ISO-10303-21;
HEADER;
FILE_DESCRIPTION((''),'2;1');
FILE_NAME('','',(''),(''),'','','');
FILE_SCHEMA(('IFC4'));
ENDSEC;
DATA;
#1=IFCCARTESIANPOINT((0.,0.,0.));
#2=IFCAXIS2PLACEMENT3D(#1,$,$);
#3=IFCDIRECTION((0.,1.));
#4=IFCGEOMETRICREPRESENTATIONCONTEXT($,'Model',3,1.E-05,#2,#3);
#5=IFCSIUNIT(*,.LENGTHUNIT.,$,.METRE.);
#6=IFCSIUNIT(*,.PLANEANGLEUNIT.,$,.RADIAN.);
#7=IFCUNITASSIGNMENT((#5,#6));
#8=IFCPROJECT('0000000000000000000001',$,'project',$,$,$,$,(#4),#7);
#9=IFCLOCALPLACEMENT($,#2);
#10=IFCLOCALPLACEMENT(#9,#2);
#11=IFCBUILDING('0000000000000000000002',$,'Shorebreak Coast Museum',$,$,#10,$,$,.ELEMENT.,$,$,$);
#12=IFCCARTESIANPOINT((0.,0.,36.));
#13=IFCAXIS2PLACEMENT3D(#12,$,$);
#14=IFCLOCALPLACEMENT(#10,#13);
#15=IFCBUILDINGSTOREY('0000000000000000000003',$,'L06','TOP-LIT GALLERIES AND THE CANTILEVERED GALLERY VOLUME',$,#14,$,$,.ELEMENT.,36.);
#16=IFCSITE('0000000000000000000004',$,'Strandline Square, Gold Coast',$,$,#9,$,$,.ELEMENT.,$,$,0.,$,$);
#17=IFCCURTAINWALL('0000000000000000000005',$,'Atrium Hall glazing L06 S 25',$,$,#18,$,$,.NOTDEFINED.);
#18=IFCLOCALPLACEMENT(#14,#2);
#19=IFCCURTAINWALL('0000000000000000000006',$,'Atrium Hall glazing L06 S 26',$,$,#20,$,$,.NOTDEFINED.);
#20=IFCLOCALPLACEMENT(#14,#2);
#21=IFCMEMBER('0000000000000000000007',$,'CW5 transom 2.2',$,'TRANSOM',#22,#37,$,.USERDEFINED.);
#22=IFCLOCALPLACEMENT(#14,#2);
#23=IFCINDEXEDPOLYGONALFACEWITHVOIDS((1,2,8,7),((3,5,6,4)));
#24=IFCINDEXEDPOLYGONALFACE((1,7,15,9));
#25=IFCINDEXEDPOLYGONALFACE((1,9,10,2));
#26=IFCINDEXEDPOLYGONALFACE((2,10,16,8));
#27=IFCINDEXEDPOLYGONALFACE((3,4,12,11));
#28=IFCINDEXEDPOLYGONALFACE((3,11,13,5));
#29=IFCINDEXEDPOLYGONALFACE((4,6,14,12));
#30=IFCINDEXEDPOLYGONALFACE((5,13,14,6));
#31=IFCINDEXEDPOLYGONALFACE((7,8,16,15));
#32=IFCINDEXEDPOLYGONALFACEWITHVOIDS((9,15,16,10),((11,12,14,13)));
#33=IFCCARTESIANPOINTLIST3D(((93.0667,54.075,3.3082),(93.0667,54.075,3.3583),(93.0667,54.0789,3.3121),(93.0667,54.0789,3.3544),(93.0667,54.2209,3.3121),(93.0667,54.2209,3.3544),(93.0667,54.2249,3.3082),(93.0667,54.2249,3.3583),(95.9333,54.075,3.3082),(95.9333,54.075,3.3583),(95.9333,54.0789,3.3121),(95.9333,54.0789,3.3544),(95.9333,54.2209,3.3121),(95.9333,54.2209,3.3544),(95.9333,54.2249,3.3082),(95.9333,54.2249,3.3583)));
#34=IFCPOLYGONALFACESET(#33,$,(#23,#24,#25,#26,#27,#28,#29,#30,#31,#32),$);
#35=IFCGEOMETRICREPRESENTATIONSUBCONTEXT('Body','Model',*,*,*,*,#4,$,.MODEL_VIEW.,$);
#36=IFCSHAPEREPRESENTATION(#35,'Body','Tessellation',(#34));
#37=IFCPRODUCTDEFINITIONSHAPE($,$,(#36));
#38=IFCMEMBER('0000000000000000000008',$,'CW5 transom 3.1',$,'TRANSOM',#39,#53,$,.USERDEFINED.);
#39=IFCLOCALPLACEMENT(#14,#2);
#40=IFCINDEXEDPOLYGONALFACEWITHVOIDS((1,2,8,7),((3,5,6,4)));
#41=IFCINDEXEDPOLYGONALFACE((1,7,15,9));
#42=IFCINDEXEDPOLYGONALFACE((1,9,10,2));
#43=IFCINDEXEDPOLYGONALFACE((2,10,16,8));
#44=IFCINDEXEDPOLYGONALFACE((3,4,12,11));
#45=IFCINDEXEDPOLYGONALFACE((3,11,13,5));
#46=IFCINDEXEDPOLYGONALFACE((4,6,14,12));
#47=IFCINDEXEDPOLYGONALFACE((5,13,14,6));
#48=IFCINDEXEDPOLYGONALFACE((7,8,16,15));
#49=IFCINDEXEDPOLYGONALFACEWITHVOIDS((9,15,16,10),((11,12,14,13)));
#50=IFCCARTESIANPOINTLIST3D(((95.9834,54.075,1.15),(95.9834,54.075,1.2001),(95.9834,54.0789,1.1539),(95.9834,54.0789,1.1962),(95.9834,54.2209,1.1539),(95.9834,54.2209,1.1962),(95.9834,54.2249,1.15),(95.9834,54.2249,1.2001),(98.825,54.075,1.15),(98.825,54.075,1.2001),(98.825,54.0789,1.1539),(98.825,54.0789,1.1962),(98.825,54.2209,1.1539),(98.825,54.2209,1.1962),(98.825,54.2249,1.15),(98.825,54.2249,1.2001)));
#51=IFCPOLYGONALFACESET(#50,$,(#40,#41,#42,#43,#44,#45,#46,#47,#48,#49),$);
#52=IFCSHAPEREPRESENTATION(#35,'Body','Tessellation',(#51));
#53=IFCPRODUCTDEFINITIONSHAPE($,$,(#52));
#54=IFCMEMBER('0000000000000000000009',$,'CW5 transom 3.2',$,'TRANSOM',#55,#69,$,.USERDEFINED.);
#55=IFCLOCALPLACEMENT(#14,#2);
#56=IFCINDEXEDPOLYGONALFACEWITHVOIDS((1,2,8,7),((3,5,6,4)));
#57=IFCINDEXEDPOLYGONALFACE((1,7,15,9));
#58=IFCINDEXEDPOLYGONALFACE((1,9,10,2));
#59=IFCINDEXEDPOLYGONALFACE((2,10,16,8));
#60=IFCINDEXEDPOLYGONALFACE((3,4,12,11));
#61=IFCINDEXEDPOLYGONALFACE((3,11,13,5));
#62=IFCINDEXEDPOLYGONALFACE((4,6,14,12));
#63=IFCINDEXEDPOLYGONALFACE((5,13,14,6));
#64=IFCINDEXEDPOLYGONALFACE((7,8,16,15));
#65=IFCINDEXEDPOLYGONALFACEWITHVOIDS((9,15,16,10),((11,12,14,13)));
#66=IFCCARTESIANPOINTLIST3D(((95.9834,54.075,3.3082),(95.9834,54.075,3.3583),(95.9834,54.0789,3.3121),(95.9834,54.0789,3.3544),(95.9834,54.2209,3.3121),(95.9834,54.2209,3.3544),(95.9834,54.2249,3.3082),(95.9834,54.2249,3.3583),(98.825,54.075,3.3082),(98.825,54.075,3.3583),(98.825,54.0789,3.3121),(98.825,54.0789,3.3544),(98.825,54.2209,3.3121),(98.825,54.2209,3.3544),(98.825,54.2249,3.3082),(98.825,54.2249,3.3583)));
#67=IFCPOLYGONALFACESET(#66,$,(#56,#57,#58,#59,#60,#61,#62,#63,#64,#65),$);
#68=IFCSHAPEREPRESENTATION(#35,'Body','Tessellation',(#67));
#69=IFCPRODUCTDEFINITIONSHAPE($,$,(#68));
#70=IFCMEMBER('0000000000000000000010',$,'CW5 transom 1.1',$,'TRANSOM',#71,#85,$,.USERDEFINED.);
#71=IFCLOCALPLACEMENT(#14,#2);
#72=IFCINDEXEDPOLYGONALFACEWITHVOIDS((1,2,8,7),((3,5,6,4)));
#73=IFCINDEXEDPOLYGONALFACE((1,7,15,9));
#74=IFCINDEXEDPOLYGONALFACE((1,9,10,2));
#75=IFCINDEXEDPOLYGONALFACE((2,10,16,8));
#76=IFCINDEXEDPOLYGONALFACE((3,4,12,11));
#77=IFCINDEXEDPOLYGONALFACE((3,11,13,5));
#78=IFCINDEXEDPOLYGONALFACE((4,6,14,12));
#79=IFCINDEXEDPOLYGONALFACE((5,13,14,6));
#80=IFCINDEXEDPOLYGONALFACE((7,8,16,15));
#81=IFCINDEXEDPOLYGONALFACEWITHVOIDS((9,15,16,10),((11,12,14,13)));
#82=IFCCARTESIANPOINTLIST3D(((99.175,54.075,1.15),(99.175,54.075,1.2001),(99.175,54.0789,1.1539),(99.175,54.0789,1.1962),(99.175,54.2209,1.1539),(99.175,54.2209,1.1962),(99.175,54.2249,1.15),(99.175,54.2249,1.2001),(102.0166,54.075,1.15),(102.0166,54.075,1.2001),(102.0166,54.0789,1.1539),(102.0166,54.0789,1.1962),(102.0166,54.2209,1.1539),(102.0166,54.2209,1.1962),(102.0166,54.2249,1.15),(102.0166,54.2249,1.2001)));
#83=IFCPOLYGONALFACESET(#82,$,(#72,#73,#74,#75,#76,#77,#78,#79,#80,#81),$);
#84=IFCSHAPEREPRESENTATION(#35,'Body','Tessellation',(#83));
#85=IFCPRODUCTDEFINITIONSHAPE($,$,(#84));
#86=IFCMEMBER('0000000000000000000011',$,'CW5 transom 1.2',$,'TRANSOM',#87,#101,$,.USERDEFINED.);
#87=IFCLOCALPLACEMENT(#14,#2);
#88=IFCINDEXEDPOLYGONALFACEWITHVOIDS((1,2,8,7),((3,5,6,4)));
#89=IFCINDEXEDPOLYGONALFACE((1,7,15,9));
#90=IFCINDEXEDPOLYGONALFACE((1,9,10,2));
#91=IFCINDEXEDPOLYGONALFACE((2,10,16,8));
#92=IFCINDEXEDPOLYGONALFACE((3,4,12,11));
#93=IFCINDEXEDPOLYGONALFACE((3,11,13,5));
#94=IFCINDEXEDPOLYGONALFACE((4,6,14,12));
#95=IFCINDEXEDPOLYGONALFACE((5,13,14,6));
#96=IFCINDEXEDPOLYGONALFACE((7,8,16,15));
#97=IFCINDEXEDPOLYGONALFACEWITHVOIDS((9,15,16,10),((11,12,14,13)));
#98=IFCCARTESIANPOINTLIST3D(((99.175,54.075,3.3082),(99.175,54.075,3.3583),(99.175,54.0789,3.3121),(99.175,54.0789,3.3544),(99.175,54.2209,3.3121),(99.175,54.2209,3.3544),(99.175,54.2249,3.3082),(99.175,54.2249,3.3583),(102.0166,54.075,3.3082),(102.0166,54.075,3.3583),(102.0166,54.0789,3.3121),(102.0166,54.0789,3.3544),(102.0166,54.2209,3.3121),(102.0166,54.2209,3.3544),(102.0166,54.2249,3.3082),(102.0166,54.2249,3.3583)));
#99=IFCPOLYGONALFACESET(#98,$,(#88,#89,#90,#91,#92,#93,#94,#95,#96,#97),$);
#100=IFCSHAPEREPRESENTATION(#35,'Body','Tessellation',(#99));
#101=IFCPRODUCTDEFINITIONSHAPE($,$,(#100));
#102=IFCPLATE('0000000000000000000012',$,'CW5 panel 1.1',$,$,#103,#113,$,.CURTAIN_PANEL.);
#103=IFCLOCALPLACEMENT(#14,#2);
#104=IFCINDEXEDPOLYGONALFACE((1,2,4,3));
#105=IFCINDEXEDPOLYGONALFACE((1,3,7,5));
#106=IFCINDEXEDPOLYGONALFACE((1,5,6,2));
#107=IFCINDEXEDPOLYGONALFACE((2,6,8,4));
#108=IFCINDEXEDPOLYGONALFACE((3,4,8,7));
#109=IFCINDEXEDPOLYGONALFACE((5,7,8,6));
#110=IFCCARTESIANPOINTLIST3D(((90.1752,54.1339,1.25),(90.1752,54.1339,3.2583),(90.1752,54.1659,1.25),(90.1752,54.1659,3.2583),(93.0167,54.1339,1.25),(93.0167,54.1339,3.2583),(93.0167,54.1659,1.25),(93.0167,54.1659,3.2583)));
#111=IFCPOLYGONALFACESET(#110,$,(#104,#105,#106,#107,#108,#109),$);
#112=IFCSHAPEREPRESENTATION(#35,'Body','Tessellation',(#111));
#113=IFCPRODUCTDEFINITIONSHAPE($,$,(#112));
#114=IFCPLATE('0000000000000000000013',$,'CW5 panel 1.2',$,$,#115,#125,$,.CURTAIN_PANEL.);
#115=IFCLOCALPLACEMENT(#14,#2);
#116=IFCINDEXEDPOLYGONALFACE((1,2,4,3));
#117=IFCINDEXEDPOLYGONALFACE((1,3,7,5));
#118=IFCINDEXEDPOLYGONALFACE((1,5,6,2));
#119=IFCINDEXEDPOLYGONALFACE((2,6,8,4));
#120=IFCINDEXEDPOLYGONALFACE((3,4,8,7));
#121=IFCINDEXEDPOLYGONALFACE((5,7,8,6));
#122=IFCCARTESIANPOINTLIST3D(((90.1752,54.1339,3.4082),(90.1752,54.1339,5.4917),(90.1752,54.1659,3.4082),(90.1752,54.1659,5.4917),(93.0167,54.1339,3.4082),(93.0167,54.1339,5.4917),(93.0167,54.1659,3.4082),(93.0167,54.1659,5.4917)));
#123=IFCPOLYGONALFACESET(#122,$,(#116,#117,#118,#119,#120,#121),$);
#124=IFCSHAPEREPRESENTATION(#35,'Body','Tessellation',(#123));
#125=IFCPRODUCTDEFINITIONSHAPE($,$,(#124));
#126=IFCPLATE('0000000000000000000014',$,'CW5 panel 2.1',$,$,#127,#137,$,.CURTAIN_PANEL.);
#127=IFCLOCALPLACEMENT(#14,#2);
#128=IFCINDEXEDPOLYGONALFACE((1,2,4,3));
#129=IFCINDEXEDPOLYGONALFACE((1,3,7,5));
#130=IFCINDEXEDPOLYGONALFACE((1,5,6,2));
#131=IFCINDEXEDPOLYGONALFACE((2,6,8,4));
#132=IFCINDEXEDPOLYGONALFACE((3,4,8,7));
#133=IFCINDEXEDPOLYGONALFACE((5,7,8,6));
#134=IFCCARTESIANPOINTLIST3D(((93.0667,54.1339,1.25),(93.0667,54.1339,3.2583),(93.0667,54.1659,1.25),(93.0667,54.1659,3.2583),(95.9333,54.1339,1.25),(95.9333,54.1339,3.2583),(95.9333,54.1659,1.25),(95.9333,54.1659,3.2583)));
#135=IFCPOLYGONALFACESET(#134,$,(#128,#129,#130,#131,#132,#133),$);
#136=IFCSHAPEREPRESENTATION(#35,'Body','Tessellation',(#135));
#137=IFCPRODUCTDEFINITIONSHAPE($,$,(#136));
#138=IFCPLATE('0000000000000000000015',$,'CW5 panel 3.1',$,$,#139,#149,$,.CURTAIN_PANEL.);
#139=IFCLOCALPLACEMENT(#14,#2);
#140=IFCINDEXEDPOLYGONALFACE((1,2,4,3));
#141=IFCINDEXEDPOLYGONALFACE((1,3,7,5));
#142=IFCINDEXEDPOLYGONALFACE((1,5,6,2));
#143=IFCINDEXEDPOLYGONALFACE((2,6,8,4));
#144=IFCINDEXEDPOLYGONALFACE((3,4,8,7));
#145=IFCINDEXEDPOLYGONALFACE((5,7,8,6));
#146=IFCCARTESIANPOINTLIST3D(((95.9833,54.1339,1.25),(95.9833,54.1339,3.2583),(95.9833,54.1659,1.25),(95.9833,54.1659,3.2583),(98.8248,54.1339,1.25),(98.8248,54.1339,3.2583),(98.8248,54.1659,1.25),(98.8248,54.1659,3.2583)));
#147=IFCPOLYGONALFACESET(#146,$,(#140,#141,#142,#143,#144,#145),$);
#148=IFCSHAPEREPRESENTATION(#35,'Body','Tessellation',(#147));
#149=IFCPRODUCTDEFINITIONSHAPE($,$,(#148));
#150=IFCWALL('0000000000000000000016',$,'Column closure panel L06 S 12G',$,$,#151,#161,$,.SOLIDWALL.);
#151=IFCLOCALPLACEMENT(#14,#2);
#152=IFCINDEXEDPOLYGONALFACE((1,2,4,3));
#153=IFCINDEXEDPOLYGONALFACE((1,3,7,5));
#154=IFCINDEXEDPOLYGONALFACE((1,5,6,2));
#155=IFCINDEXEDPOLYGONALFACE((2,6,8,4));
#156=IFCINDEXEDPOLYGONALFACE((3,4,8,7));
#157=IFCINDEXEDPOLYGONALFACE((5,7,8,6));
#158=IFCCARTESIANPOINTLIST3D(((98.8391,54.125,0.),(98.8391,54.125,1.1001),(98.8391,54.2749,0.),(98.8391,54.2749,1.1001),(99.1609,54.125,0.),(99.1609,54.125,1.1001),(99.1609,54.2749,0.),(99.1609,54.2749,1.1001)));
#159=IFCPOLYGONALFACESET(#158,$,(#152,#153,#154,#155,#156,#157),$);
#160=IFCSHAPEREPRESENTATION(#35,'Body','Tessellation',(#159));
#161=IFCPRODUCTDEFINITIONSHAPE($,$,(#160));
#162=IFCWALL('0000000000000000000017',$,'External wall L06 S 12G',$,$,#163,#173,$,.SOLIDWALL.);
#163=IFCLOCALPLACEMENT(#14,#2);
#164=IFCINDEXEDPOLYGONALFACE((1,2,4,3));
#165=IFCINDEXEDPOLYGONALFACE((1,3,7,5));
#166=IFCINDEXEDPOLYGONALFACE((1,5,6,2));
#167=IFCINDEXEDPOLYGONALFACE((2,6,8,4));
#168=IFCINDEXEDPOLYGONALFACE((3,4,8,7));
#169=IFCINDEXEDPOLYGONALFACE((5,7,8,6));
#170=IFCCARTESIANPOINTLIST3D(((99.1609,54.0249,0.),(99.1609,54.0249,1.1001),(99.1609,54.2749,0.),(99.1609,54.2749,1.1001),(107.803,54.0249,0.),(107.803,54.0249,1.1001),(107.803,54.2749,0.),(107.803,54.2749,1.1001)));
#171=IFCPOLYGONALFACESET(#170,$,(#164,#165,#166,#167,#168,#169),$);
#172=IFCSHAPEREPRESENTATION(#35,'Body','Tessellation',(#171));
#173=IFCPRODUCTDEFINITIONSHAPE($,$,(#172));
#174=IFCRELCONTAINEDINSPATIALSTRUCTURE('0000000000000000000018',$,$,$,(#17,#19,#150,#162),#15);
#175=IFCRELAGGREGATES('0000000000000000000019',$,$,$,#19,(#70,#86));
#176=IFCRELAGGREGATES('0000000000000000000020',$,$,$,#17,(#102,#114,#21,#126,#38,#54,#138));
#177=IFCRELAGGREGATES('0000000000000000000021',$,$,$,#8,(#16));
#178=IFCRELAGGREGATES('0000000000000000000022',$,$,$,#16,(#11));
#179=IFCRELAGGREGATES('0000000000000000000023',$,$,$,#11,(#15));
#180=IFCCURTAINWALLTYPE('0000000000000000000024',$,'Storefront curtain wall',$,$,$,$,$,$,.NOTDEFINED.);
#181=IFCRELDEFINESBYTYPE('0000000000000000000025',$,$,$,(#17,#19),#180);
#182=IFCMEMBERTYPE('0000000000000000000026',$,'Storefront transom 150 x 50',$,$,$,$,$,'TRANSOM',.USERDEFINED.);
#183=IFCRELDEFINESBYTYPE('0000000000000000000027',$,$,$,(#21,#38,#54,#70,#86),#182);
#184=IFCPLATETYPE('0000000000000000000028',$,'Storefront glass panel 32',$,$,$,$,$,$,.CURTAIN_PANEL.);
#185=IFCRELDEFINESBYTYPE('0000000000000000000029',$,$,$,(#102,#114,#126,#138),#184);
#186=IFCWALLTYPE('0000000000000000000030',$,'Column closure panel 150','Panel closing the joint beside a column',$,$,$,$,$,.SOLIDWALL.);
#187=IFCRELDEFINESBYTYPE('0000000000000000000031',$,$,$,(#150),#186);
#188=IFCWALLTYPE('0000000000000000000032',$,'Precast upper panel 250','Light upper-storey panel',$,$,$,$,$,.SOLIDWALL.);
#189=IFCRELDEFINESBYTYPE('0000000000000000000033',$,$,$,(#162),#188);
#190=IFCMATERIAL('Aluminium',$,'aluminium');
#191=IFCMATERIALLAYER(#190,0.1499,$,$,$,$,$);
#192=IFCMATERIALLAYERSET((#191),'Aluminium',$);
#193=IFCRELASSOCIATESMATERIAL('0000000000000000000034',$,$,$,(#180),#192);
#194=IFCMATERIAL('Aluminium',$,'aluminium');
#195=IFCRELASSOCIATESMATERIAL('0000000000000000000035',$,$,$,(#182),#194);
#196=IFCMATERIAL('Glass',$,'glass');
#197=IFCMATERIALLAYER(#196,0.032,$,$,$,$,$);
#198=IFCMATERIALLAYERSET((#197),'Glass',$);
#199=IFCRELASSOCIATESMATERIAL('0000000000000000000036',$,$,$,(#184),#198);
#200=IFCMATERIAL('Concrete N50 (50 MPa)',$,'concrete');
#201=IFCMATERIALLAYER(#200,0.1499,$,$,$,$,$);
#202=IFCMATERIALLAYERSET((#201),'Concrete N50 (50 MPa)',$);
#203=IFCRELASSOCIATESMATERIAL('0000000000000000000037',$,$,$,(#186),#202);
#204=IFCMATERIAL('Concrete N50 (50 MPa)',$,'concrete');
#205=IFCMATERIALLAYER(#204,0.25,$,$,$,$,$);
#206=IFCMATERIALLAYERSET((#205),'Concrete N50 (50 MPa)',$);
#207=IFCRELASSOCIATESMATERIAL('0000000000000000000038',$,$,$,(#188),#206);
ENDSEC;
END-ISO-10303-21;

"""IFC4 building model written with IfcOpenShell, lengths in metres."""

from ifc_helpers import new_model, si_unit, direction, frame, frame_2d, origin, origin_2d, place, context, subcontext, project, spatial, rectangle, hollow_rectangle, extrude, material, layer, layer_set, material_profile, profile_set, type_object, element, aggregate, save


model = new_model("IFC4")

# Units and contexts
model_context = context("Model", 3, precision=1e-05, world=origin(), true_north=direction((0.0, 1.0)))
body_context = subcontext(model_context, "Body", "Model", "MODEL_VIEW")
ifc_project = project(units=[si_unit("LENGTHUNIT", "METRE"), si_unit("PLANEANGLEUNIT", "RADIAN")], contexts=[model_context])

# Site, building, storey
site_placement = place(None, origin())
site = spatial("IfcSite", under=ifc_project, at=site_placement, Name="Strandline Square, Gold Coast", CompositionType="ELEMENT", RefElevation=0.0)
building_placement = place(site_placement, origin())
building = spatial("IfcBuilding", under=site, at=building_placement, Name="Shorebreak Coast Museum", CompositionType="ELEMENT")
storey_placement = place(building_placement, frame((0.0, 0.0, 36.0)))
storey = spatial("IfcBuildingStorey", under=building, at=storey_placement, Name="L06", Description="TOP-LIT GALLERIES AND THE CANTILEVERED GALLERY VOLUME", CompositionType="ELEMENT", Elevation=36.0)

# Curtain wall
ifc_material_1 = material(Name="Aluminium", Category="aluminium")
ifc_layer_1 = layer(ifc_material_1, 0.1499)
ifc_layer_set_1 = layer_set([ifc_layer_1], Name="Aluminium")
curtain_wall_type = type_object("IfcCurtainWallType", Name="Storefront curtain wall", PredefinedType="NOTDEFINED", material=ifc_layer_set_1)
curtain_wall_1_placement = place(storey_placement, origin())
curtain_wall_1 = element("IfcCurtainWall", 1, at=curtain_wall_1_placement, inside=storey, type_object=curtain_wall_type, Name="Atrium Hall glazing L06 S 25", PredefinedType="NOTDEFINED")

# Curtain wall
curtain_wall_2_placement = place(storey_placement, origin())
curtain_wall_2 = element("IfcCurtainWall", 2, at=curtain_wall_2_placement, inside=storey, type_object=curtain_wall_type, Name="Atrium Hall glazing L06 S 26", PredefinedType="NOTDEFINED")

# Members
ifc_material_2 = material(Name="Aluminium", Category="aluminium")
ifc_material_profile_1 = material_profile(ifc_material_2, hollow_rectangle(XDim=0.1499, YDim=0.05, WallThickness=0.0039, at=origin_2d()), Name="AL 50x150 RHS")
ifc_profile_set_1 = profile_set([ifc_material_profile_1], Name="Aluminium")
member_type_1 = type_object("IfcMemberType", Name="Storefront transom 150 x 50", ElementType="TRANSOM", PredefinedType="USERDEFINED", material=ifc_profile_set_1)
member_1_placement = place(storey_placement, frame((93.0667, 54.1499, 3.3333), z_axis=(1.0, 0.0, 0.0), x_axis=(0.0, 1.0, 0.0)))
member_1 = element("IfcMember", 3, at=member_1_placement, type_object=member_type_1, Name="CW5 transom 2.2", ObjectType="TRANSOM", PredefinedType="USERDEFINED", context=body_context, shape_type="SweptSolid", body=[
    extrude(hollow_rectangle(XDim=0.1499, YDim=0.05, WallThickness=0.0039, at=origin_2d()), origin(), (0.0, 0.0, 1.0), 2.8667),
])
member_2_placement = place(storey_placement, frame((95.9834, 54.1499, 1.175), z_axis=(1.0, 0.0, 0.0), x_axis=(0.0, 1.0, 0.0)))
member_2 = element("IfcMember", 4, at=member_2_placement, type_object=member_type_1, Name="CW5 transom 3.1", ObjectType="TRANSOM", PredefinedType="USERDEFINED", context=body_context, shape_type="SweptSolid", body=[
    extrude(hollow_rectangle(XDim=0.1499, YDim=0.05, WallThickness=0.0039, at=origin_2d()), origin(), (0.0, 0.0, 1.0), 2.8416),
])
member_3_placement = place(storey_placement, frame((95.9834, 54.1499, 3.3333), z_axis=(1.0, 0.0, 0.0), x_axis=(0.0, 1.0, 0.0)))
member_3 = element("IfcMember", 5, at=member_3_placement, type_object=member_type_1, Name="CW5 transom 3.2", ObjectType="TRANSOM", PredefinedType="USERDEFINED", context=body_context, shape_type="SweptSolid", body=[
    extrude(hollow_rectangle(XDim=0.1499, YDim=0.05, WallThickness=0.0039, at=origin_2d()), origin(), (0.0, 0.0, 1.0), 2.8416),
])
member_4_placement = place(storey_placement, frame((99.175, 54.1499, 1.175), z_axis=(1.0, 0.0, 0.0), x_axis=(0.0, 1.0, 0.0)))
member_4 = element("IfcMember", 6, at=member_4_placement, type_object=member_type_1, Name="CW5 transom 1.1", ObjectType="TRANSOM", PredefinedType="USERDEFINED", context=body_context, shape_type="SweptSolid", body=[
    extrude(hollow_rectangle(XDim=0.1499, YDim=0.05, WallThickness=0.0039, at=origin_2d()), origin(), (0.0, 0.0, 1.0), 2.8416),
])
member_5_placement = place(storey_placement, frame((99.175, 54.1499, 3.3333), z_axis=(1.0, 0.0, 0.0), x_axis=(0.0, 1.0, 0.0)))
member_5 = element("IfcMember", 7, at=member_5_placement, type_object=member_type_1, Name="CW5 transom 1.2", ObjectType="TRANSOM", PredefinedType="USERDEFINED", context=body_context, shape_type="SweptSolid", body=[
    extrude(hollow_rectangle(XDim=0.1499, YDim=0.05, WallThickness=0.0039, at=origin_2d()), origin(), (0.0, 0.0, 1.0), 2.8416),
])
aggregate(curtain_wall_2, [member_4, member_5])

# Plates
ifc_material_3 = material(Name="Glass", Category="glass")
ifc_layer_2 = layer(ifc_material_3, 0.032)
ifc_layer_set_2 = layer_set([ifc_layer_2], Name="Glass")
plate_type = type_object("IfcPlateType", Name="Storefront glass panel 32", PredefinedType="CURTAIN_PANEL", material=ifc_layer_set_2)
plate_1_placement = place(storey_placement, frame((91.5959, 54.1499, 1.25), z_axis=(0.0, 0.0, 1.0), x_axis=(1.0, 0.0, 0.0)))
plate_1 = element("IfcPlate", 8, at=plate_1_placement, type_object=plate_type, Name="CW5 panel 1.1", PredefinedType="CURTAIN_PANEL", context=body_context, shape_type="SweptSolid", body=[
    extrude(rectangle(XDim=2.8416, YDim=0.032, at=origin_2d()), origin(), (0.0, 0.0, 1.0), 2.0083),
])
plate_2_placement = place(storey_placement, frame((91.5959, 54.1499, 3.4082), z_axis=(0.0, 0.0, 1.0), x_axis=(1.0, 0.0, 0.0)))
plate_2 = element("IfcPlate", 9, at=plate_2_placement, type_object=plate_type, Name="CW5 panel 1.2", PredefinedType="CURTAIN_PANEL", context=body_context, shape_type="SweptSolid", body=[
    extrude(rectangle(XDim=2.8416, YDim=0.032, at=origin_2d()), origin(), (0.0, 0.0, 1.0), 2.0835),
])
plate_3_placement = place(storey_placement, frame((94.5, 54.1499, 1.25), z_axis=(0.0, 0.0, 1.0), x_axis=(1.0, 0.0, 0.0)))
plate_3 = element("IfcPlate", 10, at=plate_3_placement, type_object=plate_type, Name="CW5 panel 2.1", PredefinedType="CURTAIN_PANEL", context=body_context, shape_type="SweptSolid", body=[
    extrude(rectangle(XDim=2.8667, YDim=0.032, at=origin_2d()), origin(), (0.0, 0.0, 1.0), 2.0083),
])
plate_4_placement = place(storey_placement, frame((97.4041, 54.1499, 1.25), z_axis=(0.0, 0.0, 1.0), x_axis=(1.0, 0.0, 0.0)))
plate_4 = element("IfcPlate", 11, at=plate_4_placement, type_object=plate_type, Name="CW5 panel 3.1", PredefinedType="CURTAIN_PANEL", context=body_context, shape_type="SweptSolid", body=[
    extrude(rectangle(XDim=2.8416, YDim=0.032, at=origin_2d()), origin(), (0.0, 0.0, 1.0), 2.0083),
])
aggregate(curtain_wall_1, [plate_1, plate_2, member_1, plate_3, member_2, member_3, plate_4])

# Walls
ifc_material_4 = material(Name="Concrete N50 (50 MPa)", Category="concrete")
ifc_layer_3 = layer(ifc_material_4, 0.1499)
ifc_layer_set_3 = layer_set([ifc_layer_3], Name="Concrete N50 (50 MPa)")
wall_type_1 = type_object("IfcWallType", Name="Column closure panel 150", Description="Panel closing the joint beside a column", PredefinedType="SOLIDWALL", material=ifc_layer_set_3)
wall_1_placement = place(storey_placement, frame((98.8391, 54.2, 0.0), z_axis=(0.0, 0.0, 1.0), x_axis=(1.0, 0.0, 0.0)))
element("IfcWall", 12, at=wall_1_placement, inside=storey, type_object=wall_type_1, Name="Column closure panel L06 S 12G", PredefinedType="SOLIDWALL", context=body_context, shape_type="SweptSolid", body=[
    extrude(rectangle(XDim=0.3218, YDim=0.1499, at=frame_2d((0.1609, 0.0))), origin(), (0.0, 0.0, 1.0), 1.1001),
])
ifc_material_5 = material(Name="Concrete N50 (50 MPa)", Category="concrete")
ifc_layer_4 = layer(ifc_material_5, 0.25)
ifc_layer_set_4 = layer_set([ifc_layer_4], Name="Concrete N50 (50 MPa)")
wall_type_2 = type_object("IfcWallType", Name="Precast upper panel 250", Description="Light upper-storey panel", PredefinedType="SOLIDWALL", material=ifc_layer_set_4)
wall_2_placement = place(storey_placement, frame((99.1609, 54.1499, 0.0), z_axis=(0.0, 0.0, 1.0), x_axis=(1.0, 0.0, 0.0)))
element("IfcWall", 13, at=wall_2_placement, inside=storey, type_object=wall_type_2, Name="External wall L06 S 12G", PredefinedType="SOLIDWALL", context=body_context, shape_type="SweptSolid", body=[
    extrude(rectangle(XDim=8.6421, YDim=0.25, at=frame_2d((4.321, 0.0))), origin(), (0.0, 0.0, 1.0), 1.1001),
])

save(model, "model.ifc")
